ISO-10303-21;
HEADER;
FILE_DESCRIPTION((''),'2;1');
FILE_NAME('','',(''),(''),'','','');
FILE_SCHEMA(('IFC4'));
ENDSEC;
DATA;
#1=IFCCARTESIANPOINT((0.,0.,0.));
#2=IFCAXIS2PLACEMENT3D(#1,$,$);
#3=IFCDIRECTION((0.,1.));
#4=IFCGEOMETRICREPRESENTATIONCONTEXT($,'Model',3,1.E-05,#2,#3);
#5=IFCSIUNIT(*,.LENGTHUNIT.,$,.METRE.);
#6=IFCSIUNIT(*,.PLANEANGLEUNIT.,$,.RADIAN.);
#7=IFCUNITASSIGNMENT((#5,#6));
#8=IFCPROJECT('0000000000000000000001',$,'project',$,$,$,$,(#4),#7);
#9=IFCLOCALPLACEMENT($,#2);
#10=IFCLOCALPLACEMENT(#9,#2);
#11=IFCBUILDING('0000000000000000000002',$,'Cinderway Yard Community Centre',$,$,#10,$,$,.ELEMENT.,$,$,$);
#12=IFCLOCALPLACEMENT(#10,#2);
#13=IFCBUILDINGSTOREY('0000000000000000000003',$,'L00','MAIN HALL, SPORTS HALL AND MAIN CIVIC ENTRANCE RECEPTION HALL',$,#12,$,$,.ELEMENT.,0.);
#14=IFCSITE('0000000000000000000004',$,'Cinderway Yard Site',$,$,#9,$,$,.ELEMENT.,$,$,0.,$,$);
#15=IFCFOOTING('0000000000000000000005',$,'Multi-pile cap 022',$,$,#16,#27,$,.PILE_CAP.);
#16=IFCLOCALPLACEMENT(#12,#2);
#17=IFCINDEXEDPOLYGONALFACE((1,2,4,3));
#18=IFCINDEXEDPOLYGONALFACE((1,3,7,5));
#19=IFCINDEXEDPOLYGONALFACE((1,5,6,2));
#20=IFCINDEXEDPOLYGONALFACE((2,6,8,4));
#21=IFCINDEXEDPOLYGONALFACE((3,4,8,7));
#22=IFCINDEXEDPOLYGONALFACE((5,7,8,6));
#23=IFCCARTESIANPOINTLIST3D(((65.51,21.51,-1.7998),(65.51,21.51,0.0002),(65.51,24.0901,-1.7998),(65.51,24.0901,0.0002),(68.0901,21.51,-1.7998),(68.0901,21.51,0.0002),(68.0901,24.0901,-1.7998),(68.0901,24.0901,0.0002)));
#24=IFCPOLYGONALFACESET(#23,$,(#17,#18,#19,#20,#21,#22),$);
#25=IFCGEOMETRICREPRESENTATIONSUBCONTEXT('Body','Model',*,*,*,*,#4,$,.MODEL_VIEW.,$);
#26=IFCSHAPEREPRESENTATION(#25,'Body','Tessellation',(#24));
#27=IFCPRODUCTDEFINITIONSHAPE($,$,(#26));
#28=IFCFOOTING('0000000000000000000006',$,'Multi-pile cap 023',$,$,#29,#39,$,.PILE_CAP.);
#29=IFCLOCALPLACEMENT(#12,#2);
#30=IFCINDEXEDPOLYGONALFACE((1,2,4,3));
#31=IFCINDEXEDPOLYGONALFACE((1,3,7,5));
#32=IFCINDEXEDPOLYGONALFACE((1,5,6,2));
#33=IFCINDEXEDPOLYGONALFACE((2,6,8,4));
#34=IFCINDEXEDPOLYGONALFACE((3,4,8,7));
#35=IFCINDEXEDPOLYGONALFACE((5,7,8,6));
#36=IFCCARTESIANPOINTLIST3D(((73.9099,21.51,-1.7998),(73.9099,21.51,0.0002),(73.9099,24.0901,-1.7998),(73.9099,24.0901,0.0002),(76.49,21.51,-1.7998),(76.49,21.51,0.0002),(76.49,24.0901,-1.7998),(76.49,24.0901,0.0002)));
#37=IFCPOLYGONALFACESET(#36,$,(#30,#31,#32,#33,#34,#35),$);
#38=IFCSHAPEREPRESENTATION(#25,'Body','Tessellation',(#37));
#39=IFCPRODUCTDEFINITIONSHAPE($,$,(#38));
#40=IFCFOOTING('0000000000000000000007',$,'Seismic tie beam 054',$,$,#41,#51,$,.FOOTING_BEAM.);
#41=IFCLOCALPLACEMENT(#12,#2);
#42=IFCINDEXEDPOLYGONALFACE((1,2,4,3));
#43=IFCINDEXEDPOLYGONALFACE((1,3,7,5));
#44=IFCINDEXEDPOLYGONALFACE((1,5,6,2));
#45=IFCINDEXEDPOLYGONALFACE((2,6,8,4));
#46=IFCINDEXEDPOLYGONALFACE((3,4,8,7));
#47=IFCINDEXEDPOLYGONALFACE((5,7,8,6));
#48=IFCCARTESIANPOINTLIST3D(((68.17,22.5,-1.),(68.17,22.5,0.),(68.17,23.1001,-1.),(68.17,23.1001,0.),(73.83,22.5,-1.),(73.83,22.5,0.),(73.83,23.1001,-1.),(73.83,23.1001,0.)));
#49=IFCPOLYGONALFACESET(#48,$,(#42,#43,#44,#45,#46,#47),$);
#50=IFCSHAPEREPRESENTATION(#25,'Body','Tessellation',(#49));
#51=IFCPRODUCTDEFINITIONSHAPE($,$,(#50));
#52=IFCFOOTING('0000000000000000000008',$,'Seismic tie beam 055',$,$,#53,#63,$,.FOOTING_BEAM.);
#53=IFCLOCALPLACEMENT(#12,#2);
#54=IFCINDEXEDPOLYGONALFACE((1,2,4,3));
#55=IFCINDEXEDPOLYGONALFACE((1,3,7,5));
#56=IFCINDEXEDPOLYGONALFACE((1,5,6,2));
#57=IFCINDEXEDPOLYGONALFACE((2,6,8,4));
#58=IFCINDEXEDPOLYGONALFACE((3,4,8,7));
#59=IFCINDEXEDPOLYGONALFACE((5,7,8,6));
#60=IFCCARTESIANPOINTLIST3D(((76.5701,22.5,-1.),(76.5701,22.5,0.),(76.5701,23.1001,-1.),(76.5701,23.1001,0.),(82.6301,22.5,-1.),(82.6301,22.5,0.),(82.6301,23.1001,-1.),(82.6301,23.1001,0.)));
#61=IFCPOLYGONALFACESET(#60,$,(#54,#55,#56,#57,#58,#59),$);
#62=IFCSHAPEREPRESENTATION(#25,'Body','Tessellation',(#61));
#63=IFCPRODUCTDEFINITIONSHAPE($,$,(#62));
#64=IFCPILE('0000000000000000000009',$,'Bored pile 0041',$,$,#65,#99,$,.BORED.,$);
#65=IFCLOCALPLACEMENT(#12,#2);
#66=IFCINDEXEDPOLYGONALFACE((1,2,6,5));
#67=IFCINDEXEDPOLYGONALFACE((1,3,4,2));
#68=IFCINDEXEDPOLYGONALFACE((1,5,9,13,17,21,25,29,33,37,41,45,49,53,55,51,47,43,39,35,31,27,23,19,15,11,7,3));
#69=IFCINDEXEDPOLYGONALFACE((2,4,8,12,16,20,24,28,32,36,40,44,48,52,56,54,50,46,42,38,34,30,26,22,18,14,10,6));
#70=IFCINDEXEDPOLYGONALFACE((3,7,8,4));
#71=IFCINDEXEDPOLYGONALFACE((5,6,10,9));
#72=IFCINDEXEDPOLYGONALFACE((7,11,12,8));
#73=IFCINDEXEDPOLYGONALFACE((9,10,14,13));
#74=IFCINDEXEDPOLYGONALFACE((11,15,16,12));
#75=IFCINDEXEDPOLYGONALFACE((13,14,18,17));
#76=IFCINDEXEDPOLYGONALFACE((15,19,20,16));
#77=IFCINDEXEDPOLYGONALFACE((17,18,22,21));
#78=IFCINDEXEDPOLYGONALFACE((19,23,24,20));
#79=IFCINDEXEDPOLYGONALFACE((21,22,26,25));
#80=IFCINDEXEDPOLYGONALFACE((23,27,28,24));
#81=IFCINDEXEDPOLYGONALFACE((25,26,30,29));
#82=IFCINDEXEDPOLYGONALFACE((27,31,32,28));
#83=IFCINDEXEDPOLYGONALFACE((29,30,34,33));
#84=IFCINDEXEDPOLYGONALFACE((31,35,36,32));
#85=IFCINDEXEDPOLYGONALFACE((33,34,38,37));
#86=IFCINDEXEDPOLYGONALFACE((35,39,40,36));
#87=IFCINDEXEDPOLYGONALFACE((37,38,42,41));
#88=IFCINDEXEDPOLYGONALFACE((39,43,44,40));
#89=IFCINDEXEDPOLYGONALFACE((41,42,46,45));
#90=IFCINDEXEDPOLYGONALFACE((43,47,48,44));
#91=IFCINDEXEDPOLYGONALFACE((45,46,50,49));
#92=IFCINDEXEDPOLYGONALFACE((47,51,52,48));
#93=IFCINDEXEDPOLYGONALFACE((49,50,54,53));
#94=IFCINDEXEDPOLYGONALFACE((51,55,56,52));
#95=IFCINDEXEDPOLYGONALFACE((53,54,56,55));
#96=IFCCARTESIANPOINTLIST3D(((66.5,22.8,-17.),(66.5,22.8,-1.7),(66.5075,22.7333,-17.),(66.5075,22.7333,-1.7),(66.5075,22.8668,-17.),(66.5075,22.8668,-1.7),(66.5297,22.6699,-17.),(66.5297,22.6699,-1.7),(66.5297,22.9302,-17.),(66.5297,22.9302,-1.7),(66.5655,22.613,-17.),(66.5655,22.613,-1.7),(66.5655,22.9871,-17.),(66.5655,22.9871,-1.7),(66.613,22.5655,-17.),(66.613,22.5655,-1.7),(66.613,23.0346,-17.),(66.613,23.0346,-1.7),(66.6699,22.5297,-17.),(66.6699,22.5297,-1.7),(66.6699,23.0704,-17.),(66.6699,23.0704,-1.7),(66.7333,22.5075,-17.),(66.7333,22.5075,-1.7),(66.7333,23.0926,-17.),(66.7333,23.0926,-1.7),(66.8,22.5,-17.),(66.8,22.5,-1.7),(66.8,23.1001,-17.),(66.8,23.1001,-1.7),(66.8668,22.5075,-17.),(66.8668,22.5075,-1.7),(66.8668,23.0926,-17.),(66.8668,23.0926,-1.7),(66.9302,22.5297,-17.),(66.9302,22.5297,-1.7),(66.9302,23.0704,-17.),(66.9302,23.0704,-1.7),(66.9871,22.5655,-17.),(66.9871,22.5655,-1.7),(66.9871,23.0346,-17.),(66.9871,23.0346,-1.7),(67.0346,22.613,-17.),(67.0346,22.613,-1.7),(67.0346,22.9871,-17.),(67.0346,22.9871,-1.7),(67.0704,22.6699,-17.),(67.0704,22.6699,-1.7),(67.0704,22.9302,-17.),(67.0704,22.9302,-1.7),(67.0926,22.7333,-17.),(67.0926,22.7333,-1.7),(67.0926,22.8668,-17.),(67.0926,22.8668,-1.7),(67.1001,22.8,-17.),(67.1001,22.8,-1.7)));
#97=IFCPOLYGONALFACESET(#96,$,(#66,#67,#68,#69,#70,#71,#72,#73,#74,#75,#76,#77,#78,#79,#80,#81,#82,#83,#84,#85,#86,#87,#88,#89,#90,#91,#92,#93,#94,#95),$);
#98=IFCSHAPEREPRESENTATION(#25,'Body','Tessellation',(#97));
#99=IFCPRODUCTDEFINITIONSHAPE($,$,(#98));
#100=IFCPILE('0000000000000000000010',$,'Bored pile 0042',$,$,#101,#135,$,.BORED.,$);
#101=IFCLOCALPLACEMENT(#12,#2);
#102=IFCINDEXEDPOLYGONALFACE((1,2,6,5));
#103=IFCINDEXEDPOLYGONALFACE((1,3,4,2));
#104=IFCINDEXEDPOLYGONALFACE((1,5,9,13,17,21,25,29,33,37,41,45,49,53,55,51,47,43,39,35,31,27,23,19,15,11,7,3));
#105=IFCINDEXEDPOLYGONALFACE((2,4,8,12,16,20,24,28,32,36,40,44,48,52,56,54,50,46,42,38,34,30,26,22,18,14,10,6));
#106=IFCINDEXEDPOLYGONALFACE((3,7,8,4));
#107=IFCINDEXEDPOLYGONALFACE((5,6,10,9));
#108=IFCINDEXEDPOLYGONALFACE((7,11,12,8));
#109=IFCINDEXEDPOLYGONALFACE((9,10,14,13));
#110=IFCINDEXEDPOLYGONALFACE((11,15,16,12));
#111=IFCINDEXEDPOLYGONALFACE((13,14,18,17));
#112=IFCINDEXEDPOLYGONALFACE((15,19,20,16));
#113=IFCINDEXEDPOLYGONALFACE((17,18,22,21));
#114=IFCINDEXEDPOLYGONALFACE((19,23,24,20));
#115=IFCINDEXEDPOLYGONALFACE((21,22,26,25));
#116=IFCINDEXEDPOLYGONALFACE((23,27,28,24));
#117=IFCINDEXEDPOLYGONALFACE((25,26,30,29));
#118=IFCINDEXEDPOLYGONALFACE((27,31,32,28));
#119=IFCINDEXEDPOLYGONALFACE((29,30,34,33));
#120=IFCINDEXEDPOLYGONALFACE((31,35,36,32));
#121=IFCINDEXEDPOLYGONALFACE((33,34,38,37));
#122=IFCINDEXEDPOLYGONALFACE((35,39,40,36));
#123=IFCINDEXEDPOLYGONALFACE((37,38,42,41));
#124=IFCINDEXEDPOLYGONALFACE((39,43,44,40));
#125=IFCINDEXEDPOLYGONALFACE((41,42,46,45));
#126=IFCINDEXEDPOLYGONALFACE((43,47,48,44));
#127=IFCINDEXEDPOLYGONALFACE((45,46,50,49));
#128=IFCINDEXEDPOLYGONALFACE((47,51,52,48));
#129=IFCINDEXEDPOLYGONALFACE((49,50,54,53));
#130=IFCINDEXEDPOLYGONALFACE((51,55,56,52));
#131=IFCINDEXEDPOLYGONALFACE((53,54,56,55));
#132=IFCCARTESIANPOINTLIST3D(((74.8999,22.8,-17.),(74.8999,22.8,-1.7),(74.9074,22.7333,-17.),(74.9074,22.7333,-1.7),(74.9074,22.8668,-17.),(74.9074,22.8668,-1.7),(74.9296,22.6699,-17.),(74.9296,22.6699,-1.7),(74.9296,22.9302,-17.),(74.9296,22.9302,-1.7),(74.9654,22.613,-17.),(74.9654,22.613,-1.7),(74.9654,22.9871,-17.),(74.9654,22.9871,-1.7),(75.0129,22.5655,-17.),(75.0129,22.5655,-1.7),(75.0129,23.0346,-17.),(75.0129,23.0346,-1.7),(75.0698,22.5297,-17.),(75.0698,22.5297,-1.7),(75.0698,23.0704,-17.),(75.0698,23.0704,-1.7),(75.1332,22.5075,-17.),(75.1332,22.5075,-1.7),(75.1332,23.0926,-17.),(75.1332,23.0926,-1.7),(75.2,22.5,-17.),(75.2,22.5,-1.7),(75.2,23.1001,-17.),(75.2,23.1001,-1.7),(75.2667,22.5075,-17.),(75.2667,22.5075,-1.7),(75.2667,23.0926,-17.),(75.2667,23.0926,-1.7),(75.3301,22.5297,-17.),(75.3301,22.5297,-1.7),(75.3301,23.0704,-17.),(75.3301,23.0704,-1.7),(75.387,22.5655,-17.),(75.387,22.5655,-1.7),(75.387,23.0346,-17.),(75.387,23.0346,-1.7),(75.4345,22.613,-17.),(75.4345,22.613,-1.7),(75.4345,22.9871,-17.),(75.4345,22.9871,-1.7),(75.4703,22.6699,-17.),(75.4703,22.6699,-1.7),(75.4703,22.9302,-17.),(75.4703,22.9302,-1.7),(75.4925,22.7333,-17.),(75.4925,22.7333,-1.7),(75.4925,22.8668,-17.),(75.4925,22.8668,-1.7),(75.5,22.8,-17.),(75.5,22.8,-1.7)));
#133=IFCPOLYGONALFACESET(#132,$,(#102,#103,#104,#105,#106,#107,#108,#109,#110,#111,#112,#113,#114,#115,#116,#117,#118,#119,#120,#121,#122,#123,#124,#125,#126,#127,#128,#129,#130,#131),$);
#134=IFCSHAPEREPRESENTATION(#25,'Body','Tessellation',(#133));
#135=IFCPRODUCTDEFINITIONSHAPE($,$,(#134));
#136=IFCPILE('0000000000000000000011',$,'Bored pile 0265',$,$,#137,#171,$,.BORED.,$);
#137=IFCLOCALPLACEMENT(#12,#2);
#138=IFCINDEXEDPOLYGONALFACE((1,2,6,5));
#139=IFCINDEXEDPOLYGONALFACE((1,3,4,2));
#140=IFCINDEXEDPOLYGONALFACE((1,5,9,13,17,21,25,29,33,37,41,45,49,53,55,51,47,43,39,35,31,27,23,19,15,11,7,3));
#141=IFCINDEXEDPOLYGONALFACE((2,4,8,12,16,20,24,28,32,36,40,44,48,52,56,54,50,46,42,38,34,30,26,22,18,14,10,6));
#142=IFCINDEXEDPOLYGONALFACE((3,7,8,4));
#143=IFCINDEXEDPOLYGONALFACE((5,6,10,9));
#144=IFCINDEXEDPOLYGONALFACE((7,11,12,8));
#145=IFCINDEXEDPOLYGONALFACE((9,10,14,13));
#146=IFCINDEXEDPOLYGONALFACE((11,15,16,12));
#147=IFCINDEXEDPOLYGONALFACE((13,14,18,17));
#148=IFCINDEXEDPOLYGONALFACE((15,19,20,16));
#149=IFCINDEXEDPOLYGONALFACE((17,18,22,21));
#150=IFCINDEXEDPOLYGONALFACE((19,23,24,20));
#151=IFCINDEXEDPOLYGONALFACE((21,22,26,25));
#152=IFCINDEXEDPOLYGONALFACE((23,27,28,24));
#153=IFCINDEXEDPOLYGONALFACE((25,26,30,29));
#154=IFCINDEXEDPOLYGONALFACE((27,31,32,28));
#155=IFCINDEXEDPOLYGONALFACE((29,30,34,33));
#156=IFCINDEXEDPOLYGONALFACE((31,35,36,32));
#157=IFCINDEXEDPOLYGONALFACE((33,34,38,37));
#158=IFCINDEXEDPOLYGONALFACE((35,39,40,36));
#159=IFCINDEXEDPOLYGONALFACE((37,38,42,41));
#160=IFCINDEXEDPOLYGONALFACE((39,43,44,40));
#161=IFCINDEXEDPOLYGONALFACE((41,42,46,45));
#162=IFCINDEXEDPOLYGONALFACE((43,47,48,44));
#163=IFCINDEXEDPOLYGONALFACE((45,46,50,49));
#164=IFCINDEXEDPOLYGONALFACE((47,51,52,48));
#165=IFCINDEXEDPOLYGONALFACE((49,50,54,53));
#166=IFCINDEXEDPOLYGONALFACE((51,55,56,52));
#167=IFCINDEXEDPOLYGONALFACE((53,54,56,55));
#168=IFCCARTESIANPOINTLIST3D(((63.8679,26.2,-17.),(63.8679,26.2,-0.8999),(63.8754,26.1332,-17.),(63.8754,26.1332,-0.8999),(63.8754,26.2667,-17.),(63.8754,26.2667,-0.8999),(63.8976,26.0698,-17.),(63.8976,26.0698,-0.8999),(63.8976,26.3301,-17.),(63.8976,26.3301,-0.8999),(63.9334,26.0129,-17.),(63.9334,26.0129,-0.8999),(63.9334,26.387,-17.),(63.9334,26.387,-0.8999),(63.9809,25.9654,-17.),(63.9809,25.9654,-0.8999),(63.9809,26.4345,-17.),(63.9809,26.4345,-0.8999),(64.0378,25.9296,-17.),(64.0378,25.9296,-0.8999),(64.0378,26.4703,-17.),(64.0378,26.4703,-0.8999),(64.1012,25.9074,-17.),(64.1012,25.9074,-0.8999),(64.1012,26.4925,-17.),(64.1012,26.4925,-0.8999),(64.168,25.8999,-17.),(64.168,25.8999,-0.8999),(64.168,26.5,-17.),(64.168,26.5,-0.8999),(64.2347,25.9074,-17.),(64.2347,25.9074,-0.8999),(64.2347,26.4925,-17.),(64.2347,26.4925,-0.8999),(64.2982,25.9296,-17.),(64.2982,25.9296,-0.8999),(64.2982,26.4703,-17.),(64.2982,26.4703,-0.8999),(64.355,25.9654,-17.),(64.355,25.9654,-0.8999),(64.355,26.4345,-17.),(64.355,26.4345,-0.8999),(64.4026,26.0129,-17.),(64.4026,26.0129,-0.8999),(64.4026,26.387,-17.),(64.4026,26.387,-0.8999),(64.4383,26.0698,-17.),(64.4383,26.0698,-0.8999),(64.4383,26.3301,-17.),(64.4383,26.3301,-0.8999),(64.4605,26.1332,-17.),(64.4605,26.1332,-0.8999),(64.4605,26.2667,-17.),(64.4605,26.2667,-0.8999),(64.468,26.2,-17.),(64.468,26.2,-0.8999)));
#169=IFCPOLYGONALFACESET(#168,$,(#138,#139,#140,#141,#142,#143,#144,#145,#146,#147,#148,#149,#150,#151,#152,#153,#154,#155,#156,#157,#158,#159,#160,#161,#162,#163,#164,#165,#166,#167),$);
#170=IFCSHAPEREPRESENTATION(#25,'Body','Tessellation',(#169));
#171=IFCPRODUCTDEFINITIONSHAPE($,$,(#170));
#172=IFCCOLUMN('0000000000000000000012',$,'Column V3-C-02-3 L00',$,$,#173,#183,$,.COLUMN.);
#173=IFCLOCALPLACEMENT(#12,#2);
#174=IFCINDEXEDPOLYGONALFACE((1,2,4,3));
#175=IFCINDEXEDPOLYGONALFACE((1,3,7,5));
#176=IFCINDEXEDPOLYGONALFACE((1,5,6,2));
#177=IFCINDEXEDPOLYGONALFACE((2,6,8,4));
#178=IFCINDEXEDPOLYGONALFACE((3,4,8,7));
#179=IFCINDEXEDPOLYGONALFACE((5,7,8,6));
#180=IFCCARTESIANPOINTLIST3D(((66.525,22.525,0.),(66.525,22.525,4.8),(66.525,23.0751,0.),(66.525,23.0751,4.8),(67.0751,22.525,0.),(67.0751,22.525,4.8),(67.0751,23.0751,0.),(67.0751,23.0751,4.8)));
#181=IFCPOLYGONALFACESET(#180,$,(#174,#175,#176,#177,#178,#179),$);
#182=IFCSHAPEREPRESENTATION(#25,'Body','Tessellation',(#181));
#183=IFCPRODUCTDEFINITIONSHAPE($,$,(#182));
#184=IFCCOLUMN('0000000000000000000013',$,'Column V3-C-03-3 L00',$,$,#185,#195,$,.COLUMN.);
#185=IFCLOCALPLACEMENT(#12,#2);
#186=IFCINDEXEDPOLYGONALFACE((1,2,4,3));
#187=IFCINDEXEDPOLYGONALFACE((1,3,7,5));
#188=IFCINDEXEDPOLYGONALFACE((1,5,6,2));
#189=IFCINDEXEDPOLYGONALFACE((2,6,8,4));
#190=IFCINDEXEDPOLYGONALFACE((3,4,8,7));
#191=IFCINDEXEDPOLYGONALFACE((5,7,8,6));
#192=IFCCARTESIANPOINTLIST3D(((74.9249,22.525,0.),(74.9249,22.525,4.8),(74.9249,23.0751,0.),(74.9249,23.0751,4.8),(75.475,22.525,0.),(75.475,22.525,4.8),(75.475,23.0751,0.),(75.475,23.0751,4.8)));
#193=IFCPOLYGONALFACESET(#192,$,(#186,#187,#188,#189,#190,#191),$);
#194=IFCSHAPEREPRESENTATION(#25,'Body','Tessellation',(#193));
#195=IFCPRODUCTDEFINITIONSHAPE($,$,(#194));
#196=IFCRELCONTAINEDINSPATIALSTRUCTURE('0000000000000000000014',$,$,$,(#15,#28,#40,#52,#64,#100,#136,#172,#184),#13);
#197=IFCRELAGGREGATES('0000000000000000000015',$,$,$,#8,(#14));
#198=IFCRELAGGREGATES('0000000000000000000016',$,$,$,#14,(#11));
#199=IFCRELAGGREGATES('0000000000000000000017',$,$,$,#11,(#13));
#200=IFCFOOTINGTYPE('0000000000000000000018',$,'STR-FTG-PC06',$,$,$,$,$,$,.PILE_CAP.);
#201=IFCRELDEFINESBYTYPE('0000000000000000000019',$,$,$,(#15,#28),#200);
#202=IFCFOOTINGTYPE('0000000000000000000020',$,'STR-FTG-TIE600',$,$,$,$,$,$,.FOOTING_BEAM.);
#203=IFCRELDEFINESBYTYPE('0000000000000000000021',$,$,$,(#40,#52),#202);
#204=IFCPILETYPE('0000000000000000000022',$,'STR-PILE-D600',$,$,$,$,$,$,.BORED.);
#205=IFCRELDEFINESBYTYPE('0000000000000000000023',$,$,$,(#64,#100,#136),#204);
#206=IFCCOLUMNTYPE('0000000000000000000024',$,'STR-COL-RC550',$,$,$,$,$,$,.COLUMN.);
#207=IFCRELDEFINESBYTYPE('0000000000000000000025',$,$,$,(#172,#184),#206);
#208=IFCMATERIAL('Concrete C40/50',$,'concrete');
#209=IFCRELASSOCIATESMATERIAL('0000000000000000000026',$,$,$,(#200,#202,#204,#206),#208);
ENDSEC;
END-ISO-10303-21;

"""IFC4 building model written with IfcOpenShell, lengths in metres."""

from ifc_helpers import new_model, si_unit, direction, frame, origin, origin_2d, place, context, subcontext, project, spatial, rectangle, circle, extrude, material, material_profile, profile_set, type_object, element, save


model = new_model("IFC4")

# Units and contexts
model_context = context("Model", 3, precision=1e-05, world=origin(), true_north=direction((0.0, 1.0)))
body_context = subcontext(model_context, "Body", "Model", "MODEL_VIEW")
ifc_project = project(units=[si_unit("LENGTHUNIT", "METRE"), si_unit("PLANEANGLEUNIT", "RADIAN")], contexts=[model_context])

# Site, building, storey
site_placement = place(None, origin())
site = spatial("IfcSite", under=ifc_project, at=site_placement, Name="Cinderway Yard Site", CompositionType="ELEMENT", RefElevation=0.0)
building_placement = place(site_placement, origin())
building = spatial("IfcBuilding", under=site, at=building_placement, Name="Cinderway Yard Community Centre", CompositionType="ELEMENT")
storey_placement = place(building_placement, origin())
storey = spatial("IfcBuildingStorey", under=building, at=storey_placement, Name="L00", Description="MAIN HALL, SPORTS HALL AND MAIN CIVIC ENTRANCE RECEPTION HALL", CompositionType="ELEMENT", Elevation=0.0)

# Footings
ifc_material_1 = material(Name="Concrete C40/50", Category="concrete")
footing_type_1 = type_object("IfcFootingType", Name="STR-FTG-PC06", PredefinedType="PILE_CAP", material=ifc_material_1)
for number, where, z_axis, x_axis, name in (
    (1, (66.8, 22.8, -1.7998), (0.0, 0.0, 1.0), (1.0, 0.0, 0.0), "Multi-pile cap 022"),
    (2, (75.2, 22.8, -1.7998), (0.0, 0.0, 1.0), (1.0, 0.0, 0.0), "Multi-pile cap 023"),
):
    element("IfcFooting", number, at=place(storey_placement, frame(where, z_axis=z_axis, x_axis=x_axis)), inside=storey, type_object=footing_type_1, Name=name, PredefinedType="PILE_CAP", context=body_context, shape_type="SweptSolid", body=[
        extrude(rectangle(XDim=2.5801, YDim=2.5801, at=origin_2d()), origin(), (0.0, 0.0, 1.0), 1.8),
    ])
footing_type_2 = type_object("IfcFootingType", Name="STR-FTG-TIE600", PredefinedType="FOOTING_BEAM", material=ifc_material_1)
footing_1_placement = place(storey_placement, frame((71.0, 22.8, -1.0), z_axis=(0.0, 0.0, 1.0), x_axis=(1.0, 0.0, 0.0)))
element("IfcFooting", 3, at=footing_1_placement, inside=storey, type_object=footing_type_2, Name="Seismic tie beam 054", PredefinedType="FOOTING_BEAM", context=body_context, shape_type="SweptSolid", body=[
    extrude(rectangle(XDim=5.6599, YDim=0.6001, at=origin_2d()), origin(), (0.0, 0.0, 1.0), 1.0),
])
footing_2_placement = place(storey_placement, frame((79.6001, 22.8, -1.0), z_axis=(0.0, 0.0, 1.0), x_axis=(1.0, 0.0, 0.0)))
element("IfcFooting", 4, at=footing_2_placement, inside=storey, type_object=footing_type_2, Name="Seismic tie beam 055", PredefinedType="FOOTING_BEAM", context=body_context, shape_type="SweptSolid", body=[
    extrude(rectangle(XDim=6.0601, YDim=0.6001, at=origin_2d()), origin(), (0.0, 0.0, 1.0), 1.0),
])

# Piles
ifc_material_profile_1 = material_profile(ifc_material_1, circle(Radius=0.3, at=origin_2d()), Name="Concrete C40/50")
ifc_profile_set_1 = profile_set([ifc_material_profile_1], Name="Concrete C40/50")
pile_type = type_object("IfcPileType", Name="STR-PILE-D600", PredefinedType="BORED", material=ifc_profile_set_1)
for number, where, z_axis, x_axis, name in (
    (5, (66.8, 22.8, -1.7), (0.0, 0.0, -1.0), (1.0, 0.0, 0.0), "Bored pile 0041"),
    (6, (75.2, 22.8, -1.7), (0.0, 0.0, -1.0), (1.0, 0.0, 0.0), "Bored pile 0042"),
):
    element("IfcPile", number, at=place(storey_placement, frame(where, z_axis=z_axis, x_axis=x_axis)), inside=storey, type_object=pile_type, Name=name, PredefinedType="BORED", context=body_context, shape_type="SweptSolid", body=[
        extrude(circle(Radius=0.3, at=origin_2d()), origin(), (0.0, 0.0, 1.0), 15.3),
    ])
pile_placement = place(storey_placement, frame((64.168, 26.2, -0.8999), z_axis=(0.0, 0.0, -1.0), x_axis=(1.0, 0.0, 0.0)))
element("IfcPile", 7, at=pile_placement, inside=storey, type_object=pile_type, Name="Bored pile 0265", PredefinedType="BORED", context=body_context, shape_type="SweptSolid", body=[
    extrude(circle(Radius=0.3, at=origin_2d()), origin(), (0.0, 0.0, 1.0), 16.1001),
])

# Columns
ifc_material_profile_2 = material_profile(ifc_material_1, rectangle(XDim=0.55, YDim=0.55, at=origin_2d()), Name="Concrete C40/50")
ifc_profile_set_2 = profile_set([ifc_material_profile_2], Name="Concrete C40/50")
column_type = type_object("IfcColumnType", Name="STR-COL-RC550", PredefinedType="COLUMN", material=ifc_profile_set_2)
for number, where, z_axis, x_axis, name in (
    (8, (66.8, 22.8, 0.0), (0.0, 0.0, 1.0), (1.0, 0.0, 0.0), "Column V3-C-02-3 L00"),
    (9, (75.2, 22.8, 0.0), (0.0, 0.0, 1.0), (1.0, 0.0, 0.0), "Column V3-C-03-3 L00"),
):
    element("IfcColumn", number, at=place(storey_placement, frame(where, z_axis=z_axis, x_axis=x_axis)), inside=storey, type_object=column_type, Name=name, PredefinedType="COLUMN", context=body_context, shape_type="SweptSolid", body=[
        extrude(rectangle(XDim=0.55, YDim=0.55, at=origin_2d()), origin(), (0.0, 0.0, 1.0), 4.8),
    ])

save(model, "model.ifc")
